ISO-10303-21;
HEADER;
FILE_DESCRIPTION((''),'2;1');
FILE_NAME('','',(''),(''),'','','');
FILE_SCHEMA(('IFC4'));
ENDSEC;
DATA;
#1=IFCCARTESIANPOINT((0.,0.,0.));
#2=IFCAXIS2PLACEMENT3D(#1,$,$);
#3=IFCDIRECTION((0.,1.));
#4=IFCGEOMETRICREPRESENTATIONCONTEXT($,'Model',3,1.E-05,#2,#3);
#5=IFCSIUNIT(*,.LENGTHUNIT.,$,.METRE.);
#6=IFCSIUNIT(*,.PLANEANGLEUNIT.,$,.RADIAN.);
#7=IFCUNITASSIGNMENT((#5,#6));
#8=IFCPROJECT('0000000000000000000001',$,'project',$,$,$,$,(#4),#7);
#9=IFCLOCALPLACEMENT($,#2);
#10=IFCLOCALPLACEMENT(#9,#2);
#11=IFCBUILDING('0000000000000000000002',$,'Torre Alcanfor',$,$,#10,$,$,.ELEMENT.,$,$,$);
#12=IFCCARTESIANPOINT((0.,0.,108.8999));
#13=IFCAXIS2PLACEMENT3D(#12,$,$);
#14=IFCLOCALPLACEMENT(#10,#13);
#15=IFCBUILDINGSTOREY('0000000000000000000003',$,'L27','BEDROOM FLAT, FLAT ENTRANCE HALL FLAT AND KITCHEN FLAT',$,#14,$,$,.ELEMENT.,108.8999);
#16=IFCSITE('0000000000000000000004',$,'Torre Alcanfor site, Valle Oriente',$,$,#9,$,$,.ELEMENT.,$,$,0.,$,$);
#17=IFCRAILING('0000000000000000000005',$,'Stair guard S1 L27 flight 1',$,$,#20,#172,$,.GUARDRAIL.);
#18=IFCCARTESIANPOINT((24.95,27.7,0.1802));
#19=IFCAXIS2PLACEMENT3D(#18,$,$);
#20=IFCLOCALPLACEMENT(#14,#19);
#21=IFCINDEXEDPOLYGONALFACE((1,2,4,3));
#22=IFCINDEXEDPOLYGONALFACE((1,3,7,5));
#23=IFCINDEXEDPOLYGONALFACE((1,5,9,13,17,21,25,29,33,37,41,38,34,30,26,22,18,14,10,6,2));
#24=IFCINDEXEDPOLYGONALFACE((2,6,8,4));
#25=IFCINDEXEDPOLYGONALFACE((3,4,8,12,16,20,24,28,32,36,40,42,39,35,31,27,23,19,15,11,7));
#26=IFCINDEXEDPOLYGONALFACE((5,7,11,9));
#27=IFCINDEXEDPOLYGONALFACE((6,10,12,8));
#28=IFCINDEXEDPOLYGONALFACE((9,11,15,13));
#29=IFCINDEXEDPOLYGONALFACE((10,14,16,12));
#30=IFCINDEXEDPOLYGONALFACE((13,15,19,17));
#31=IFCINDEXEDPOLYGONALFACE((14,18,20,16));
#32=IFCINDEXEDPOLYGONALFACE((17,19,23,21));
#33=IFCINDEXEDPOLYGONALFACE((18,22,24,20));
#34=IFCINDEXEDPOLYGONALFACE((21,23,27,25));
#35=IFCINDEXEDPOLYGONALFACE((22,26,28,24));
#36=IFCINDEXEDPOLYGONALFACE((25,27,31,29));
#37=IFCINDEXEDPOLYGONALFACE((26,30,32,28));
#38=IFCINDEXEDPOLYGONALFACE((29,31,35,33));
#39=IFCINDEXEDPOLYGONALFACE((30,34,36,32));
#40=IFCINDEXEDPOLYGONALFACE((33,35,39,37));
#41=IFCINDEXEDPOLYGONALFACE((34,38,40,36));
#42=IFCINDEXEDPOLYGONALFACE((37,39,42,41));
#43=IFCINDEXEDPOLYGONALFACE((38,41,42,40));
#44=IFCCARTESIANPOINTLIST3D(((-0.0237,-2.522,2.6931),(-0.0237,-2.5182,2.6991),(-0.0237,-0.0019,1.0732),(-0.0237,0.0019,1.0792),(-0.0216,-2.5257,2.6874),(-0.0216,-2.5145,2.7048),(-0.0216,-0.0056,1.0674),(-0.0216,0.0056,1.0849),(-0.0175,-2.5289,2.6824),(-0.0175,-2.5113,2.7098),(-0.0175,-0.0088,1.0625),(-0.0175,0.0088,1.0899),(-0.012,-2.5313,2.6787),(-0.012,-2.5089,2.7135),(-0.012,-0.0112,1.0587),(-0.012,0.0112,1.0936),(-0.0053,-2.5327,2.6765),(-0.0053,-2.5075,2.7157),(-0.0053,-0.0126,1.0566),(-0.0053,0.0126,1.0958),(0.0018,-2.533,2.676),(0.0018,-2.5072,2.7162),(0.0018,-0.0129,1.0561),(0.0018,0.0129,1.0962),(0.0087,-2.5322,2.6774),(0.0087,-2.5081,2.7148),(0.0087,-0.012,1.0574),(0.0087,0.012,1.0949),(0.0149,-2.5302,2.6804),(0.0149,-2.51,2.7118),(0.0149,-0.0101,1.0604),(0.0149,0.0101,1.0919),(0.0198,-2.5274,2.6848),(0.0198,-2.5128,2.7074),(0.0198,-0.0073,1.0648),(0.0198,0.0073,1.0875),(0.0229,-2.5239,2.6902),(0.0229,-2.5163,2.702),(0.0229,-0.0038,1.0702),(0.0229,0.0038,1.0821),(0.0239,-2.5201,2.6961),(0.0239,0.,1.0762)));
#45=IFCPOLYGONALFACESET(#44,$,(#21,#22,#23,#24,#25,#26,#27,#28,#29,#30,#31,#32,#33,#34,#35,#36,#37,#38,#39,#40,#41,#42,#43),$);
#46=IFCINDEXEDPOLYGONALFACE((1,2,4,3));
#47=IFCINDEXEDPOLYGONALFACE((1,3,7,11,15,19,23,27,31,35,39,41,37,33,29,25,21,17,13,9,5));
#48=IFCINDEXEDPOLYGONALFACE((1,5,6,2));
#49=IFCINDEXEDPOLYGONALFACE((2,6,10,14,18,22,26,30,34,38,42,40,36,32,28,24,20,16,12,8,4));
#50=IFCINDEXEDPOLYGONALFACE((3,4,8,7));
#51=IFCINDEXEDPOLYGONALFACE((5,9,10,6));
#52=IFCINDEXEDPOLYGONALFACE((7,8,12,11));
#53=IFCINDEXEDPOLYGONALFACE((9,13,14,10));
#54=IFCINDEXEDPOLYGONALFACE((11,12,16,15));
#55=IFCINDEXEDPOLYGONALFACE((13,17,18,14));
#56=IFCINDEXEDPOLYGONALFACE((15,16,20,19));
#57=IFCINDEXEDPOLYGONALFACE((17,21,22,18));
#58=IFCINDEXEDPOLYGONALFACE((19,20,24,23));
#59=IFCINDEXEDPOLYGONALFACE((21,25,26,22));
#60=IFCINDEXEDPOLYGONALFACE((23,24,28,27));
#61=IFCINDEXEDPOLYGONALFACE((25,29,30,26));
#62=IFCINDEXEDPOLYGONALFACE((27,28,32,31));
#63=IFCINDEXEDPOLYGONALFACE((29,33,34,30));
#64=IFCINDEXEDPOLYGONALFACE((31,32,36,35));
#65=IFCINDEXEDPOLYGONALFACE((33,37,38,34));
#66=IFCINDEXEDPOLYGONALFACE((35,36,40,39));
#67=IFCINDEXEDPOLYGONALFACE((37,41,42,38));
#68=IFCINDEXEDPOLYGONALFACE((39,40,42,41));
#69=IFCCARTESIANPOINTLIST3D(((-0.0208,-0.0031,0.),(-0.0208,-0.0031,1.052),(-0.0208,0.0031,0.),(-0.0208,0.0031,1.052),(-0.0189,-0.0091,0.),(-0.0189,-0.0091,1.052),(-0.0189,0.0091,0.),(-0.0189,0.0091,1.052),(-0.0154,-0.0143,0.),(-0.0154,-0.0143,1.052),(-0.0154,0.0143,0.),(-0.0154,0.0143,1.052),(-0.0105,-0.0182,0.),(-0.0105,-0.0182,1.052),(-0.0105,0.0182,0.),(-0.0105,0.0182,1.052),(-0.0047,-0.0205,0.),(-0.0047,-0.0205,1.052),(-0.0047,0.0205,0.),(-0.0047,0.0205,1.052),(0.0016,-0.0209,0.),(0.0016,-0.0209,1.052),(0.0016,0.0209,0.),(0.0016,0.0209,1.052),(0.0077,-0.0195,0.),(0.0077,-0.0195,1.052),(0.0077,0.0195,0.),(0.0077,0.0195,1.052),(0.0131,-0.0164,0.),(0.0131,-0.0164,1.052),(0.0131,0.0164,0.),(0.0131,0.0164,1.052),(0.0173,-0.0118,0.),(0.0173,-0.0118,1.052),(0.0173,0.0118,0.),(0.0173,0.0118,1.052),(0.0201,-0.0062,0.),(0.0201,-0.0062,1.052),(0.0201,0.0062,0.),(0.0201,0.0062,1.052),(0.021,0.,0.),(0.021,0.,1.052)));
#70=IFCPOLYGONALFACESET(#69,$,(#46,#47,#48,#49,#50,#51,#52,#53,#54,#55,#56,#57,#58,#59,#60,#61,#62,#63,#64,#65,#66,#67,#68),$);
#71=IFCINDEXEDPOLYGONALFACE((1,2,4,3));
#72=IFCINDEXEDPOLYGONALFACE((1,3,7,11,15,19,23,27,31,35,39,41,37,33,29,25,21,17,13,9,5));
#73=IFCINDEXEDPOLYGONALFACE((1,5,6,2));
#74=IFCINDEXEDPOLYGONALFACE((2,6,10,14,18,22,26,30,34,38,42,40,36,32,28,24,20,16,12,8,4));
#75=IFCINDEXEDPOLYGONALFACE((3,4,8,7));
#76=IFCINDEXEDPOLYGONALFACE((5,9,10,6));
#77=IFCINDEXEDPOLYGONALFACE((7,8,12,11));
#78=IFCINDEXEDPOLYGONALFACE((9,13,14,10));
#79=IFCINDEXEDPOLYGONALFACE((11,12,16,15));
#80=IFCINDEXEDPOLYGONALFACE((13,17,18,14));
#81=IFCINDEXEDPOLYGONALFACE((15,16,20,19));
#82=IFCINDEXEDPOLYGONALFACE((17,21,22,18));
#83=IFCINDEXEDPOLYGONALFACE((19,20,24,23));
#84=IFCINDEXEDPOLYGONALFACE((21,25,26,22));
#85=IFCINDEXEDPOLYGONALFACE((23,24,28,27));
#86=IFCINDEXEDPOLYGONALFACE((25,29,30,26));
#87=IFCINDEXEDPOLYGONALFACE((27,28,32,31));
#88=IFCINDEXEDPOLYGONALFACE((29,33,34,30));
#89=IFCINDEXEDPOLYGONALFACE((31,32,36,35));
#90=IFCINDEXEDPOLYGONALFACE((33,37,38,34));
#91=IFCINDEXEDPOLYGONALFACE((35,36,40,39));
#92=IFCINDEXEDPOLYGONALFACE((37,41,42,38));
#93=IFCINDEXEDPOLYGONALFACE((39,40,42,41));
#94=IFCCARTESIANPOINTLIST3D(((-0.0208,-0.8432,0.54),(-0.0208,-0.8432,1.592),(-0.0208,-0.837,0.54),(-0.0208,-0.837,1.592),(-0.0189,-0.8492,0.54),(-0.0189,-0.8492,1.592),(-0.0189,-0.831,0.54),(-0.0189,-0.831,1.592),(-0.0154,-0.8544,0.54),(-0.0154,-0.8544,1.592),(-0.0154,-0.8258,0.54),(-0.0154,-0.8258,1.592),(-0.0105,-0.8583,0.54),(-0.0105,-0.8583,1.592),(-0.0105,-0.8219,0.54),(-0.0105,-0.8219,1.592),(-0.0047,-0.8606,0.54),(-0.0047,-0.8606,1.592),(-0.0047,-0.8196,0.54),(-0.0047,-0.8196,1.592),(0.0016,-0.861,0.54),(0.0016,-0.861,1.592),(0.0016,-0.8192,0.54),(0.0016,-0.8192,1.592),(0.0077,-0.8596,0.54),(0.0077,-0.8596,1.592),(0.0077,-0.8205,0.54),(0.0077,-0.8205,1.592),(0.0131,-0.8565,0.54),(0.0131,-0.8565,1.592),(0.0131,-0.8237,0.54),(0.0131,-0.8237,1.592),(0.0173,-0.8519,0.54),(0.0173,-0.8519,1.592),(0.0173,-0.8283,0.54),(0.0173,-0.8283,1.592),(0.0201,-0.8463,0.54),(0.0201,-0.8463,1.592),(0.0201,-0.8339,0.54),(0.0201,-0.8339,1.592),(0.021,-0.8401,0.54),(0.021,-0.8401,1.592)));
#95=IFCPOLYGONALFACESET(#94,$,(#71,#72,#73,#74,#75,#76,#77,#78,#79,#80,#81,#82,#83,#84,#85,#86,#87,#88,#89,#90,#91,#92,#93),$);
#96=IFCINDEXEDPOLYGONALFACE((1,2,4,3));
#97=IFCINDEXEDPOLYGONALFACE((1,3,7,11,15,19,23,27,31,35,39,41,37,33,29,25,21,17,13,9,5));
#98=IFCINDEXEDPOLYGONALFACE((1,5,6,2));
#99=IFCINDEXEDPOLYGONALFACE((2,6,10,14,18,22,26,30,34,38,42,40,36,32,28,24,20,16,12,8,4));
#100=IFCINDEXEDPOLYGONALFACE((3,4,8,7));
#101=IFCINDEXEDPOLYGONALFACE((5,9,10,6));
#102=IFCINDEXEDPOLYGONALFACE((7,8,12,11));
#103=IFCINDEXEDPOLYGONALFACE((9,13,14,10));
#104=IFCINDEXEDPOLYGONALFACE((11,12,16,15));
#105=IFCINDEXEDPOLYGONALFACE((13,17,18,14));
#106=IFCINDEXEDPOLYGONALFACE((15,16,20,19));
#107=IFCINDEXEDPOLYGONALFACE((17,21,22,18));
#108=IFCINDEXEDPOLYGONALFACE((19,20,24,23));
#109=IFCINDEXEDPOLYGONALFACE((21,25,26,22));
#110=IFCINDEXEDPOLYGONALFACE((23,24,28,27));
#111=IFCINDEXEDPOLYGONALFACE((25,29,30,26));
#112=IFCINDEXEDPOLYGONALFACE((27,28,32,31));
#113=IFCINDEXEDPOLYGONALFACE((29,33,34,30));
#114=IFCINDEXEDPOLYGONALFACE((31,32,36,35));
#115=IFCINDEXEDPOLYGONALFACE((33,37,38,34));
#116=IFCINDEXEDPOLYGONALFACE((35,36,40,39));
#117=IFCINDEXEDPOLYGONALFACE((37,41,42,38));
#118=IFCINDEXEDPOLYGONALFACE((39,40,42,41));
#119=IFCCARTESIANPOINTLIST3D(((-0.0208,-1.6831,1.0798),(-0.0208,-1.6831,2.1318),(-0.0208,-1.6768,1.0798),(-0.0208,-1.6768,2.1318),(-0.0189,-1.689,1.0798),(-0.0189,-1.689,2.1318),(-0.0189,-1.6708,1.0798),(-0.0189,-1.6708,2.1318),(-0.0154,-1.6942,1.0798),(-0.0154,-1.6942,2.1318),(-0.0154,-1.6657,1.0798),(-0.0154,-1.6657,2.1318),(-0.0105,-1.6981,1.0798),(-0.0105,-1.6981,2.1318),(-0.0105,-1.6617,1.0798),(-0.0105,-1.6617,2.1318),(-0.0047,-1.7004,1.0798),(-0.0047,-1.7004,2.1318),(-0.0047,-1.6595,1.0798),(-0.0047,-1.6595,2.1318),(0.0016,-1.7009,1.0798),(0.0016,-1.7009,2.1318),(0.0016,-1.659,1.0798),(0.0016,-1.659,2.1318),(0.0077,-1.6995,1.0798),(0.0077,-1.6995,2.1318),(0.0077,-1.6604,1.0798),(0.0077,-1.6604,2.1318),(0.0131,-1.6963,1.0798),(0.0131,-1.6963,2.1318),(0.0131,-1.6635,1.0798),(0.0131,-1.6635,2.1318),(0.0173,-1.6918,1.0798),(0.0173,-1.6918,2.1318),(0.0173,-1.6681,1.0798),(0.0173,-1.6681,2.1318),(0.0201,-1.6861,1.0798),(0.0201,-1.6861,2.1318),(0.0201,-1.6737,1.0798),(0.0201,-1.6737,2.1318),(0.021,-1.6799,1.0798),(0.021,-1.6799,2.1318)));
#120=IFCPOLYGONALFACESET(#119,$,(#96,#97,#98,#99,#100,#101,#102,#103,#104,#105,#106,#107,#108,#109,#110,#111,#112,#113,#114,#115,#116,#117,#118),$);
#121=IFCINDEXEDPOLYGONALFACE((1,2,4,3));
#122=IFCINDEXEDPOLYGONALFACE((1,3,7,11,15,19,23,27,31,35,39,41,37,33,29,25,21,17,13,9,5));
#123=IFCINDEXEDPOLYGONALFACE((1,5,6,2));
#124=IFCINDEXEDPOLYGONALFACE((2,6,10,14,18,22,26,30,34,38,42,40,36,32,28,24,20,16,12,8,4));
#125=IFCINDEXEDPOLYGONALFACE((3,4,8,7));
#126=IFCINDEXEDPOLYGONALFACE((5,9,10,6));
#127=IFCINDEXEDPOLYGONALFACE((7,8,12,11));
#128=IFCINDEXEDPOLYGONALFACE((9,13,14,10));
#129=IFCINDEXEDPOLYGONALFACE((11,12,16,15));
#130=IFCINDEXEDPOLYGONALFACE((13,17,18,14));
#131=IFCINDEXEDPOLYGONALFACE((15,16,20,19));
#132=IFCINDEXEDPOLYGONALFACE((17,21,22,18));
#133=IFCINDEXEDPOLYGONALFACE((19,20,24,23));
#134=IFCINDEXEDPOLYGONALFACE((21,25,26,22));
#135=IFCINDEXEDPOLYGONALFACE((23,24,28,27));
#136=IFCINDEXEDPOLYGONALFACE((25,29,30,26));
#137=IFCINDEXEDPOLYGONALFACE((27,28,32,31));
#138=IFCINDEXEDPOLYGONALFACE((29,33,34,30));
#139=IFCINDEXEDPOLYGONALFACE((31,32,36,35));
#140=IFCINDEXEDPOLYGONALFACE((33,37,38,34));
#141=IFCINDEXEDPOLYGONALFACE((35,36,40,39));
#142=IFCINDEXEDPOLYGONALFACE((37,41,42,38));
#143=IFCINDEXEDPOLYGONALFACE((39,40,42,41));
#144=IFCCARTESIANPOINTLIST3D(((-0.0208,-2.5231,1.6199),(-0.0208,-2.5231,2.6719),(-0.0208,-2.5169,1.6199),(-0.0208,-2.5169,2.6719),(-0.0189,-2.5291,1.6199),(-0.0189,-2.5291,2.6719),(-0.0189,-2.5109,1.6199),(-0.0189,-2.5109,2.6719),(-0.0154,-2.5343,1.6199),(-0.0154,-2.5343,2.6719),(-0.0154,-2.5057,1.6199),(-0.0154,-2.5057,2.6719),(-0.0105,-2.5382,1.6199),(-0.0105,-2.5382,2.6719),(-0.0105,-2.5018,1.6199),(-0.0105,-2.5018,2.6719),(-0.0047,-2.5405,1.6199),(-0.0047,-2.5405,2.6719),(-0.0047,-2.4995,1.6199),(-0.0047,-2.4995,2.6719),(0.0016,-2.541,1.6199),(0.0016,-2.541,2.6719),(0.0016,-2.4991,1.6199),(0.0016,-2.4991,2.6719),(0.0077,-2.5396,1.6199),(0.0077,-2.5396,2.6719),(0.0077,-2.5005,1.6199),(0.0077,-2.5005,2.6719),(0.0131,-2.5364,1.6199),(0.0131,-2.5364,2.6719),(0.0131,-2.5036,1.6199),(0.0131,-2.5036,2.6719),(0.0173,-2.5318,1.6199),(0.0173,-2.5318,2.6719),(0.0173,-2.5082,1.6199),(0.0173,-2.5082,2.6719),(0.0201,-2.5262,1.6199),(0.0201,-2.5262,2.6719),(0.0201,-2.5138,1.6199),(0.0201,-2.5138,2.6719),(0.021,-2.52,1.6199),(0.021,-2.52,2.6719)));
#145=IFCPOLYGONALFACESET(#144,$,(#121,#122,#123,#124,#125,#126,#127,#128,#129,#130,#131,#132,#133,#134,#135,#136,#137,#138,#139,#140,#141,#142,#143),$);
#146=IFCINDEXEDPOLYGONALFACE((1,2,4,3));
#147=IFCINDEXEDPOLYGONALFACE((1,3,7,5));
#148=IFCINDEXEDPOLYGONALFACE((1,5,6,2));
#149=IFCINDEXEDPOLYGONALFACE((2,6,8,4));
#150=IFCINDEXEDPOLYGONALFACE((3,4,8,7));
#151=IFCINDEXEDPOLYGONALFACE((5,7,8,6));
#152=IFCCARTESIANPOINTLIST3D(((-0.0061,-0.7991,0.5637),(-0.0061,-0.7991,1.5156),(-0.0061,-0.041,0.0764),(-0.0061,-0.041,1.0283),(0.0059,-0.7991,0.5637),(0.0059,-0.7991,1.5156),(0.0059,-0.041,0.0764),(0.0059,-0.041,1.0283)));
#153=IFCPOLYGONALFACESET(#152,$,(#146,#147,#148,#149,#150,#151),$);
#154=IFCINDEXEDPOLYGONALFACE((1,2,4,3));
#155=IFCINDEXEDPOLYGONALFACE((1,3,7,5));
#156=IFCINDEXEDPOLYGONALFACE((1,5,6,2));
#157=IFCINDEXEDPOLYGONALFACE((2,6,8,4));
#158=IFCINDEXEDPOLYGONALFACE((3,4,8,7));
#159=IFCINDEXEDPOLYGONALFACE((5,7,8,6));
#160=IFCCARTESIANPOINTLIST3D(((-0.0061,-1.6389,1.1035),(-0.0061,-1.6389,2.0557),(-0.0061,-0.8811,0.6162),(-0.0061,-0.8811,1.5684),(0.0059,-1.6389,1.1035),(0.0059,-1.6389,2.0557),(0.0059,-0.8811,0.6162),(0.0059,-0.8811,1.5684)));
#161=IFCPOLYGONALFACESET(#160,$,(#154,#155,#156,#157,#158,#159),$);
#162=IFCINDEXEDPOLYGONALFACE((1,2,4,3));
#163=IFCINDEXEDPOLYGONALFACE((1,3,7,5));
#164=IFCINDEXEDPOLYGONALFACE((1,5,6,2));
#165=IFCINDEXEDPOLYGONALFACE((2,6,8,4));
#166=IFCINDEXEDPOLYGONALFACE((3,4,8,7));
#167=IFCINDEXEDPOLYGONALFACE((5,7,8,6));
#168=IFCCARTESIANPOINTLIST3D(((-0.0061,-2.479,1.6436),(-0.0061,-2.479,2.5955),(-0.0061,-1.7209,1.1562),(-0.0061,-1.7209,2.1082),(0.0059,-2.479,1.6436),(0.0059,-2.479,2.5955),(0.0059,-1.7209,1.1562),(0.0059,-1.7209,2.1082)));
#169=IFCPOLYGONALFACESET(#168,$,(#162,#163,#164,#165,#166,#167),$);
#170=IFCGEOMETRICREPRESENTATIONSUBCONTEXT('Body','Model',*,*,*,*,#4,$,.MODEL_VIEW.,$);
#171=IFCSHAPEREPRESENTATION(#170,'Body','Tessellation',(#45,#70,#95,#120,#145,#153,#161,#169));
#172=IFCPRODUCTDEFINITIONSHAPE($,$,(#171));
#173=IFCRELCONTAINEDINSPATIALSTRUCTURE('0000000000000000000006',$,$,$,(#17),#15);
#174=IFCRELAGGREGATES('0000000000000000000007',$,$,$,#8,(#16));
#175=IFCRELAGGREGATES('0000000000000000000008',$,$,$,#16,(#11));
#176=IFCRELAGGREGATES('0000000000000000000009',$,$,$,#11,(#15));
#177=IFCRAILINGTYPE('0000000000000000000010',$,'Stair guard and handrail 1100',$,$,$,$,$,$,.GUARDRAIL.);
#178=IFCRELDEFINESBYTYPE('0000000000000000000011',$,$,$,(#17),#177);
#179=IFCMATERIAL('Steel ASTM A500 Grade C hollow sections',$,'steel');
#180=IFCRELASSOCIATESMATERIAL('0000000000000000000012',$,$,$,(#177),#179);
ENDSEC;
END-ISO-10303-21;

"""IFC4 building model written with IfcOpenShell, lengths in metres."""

from ifc_helpers import new_model, si_unit, direction, frame, origin, origin_2d, place, context, subcontext, project, spatial, polyline, circle, outline, extrude, material, type_object, element, save


model = new_model("IFC4")

# Units and contexts
model_context = context("Model", 3, precision=1e-05, world=origin(), true_north=direction((0.0, 1.0)))
body_context = subcontext(model_context, "Body", "Model", "MODEL_VIEW")
ifc_project = project(units=[si_unit("LENGTHUNIT", "METRE"), si_unit("PLANEANGLEUNIT", "RADIAN")], contexts=[model_context])

# Site, building, storey
site_placement = place(None, origin())
site = spatial("IfcSite", under=ifc_project, at=site_placement, Name="Torre Alcanfor site, Valle Oriente", CompositionType="ELEMENT", RefElevation=0.0)
building_placement = place(site_placement, origin())
building = spatial("IfcBuilding", under=site, at=building_placement, Name="Torre Alcanfor", CompositionType="ELEMENT")
storey_placement = place(building_placement, frame((0.0, 0.0, 108.8999)))
storey = spatial("IfcBuildingStorey", under=building, at=storey_placement, Name="L27", Description="BEDROOM FLAT, FLAT ENTRANCE HALL FLAT AND KITCHEN FLAT", CompositionType="ELEMENT", Elevation=108.8999)

# Railing
ifc_material_1 = material(Name="Steel ASTM A500 Grade C hollow sections", Category="steel")
railing_type_1 = type_object("IfcRailingType", Name="Stair guard and handrail 1100", PredefinedType="GUARDRAIL", material=ifc_material_1)
railing_1_placement = place(storey_placement, frame((24.95, 27.7, 0.1802)))
element("IfcRailing", 1, at=railing_1_placement, inside=storey, type_object=railing_type_1, Name="Stair guard S1 L27 flight 1", PredefinedType="GUARDRAIL", context=body_context, shape_type="SweptSolid", body=[
    extrude(circle(Radius=0.0239, at=origin_2d()), frame((0.0, 0.0, 1.0762), z_axis=(0.0, -0.8412, 0.540725), x_axis=(1.0, 0.0, 0.0)), (0.0, 0.0, 1.0), 2.9958),
    extrude(circle(Radius=0.021, at=origin_2d()), origin(), (0.0, 0.0, 1.0), 1.052),
    extrude(circle(Radius=0.021, at=origin_2d()), frame((0.0, -0.8401, 0.54)), (0.0, 0.0, 1.0), 1.052),
    extrude(circle(Radius=0.021, at=origin_2d()), frame((0.0, -1.6799, 1.0798)), (0.0, 0.0, 1.0), 1.052),
    extrude(circle(Radius=0.021, at=origin_2d()), frame((0.0, -2.52, 1.6199)), (0.0, 0.0, 1.0), 1.052),
    extrude(outline(polyline([(0.041, 0.0764), (0.7991, 0.5637), (0.7991, 1.5156), (0.041, 1.0283), (0.041, 0.0764)])), frame((0.0059, 0.0, 0.0), z_axis=(-1.0, 0.0, 0.0), x_axis=(0.0, -1.0, 0.0)), (0.0, 0.0, 1.0), 0.012),
    extrude(outline(polyline([(0.8811, 0.6162), (1.6389, 1.1035), (1.6389, 2.0557), (0.8811, 1.5684), (0.8811, 0.6162)])), frame((0.0059, 0.0, 0.0), z_axis=(-1.0, 0.0, 0.0), x_axis=(0.0, -1.0, 0.0)), (0.0, 0.0, 1.0), 0.012),
    extrude(outline(polyline([(1.7209, 1.1562), (2.479, 1.6436), (2.479, 2.5955), (1.7209, 2.1082), (1.7209, 1.1562)])), frame((0.0059, 0.0, 0.0), z_axis=(-1.0, 0.0, 0.0), x_axis=(0.0, -1.0, 0.0)), (0.0, 0.0, 1.0), 0.012),
])

save(model, "model.ifc")
